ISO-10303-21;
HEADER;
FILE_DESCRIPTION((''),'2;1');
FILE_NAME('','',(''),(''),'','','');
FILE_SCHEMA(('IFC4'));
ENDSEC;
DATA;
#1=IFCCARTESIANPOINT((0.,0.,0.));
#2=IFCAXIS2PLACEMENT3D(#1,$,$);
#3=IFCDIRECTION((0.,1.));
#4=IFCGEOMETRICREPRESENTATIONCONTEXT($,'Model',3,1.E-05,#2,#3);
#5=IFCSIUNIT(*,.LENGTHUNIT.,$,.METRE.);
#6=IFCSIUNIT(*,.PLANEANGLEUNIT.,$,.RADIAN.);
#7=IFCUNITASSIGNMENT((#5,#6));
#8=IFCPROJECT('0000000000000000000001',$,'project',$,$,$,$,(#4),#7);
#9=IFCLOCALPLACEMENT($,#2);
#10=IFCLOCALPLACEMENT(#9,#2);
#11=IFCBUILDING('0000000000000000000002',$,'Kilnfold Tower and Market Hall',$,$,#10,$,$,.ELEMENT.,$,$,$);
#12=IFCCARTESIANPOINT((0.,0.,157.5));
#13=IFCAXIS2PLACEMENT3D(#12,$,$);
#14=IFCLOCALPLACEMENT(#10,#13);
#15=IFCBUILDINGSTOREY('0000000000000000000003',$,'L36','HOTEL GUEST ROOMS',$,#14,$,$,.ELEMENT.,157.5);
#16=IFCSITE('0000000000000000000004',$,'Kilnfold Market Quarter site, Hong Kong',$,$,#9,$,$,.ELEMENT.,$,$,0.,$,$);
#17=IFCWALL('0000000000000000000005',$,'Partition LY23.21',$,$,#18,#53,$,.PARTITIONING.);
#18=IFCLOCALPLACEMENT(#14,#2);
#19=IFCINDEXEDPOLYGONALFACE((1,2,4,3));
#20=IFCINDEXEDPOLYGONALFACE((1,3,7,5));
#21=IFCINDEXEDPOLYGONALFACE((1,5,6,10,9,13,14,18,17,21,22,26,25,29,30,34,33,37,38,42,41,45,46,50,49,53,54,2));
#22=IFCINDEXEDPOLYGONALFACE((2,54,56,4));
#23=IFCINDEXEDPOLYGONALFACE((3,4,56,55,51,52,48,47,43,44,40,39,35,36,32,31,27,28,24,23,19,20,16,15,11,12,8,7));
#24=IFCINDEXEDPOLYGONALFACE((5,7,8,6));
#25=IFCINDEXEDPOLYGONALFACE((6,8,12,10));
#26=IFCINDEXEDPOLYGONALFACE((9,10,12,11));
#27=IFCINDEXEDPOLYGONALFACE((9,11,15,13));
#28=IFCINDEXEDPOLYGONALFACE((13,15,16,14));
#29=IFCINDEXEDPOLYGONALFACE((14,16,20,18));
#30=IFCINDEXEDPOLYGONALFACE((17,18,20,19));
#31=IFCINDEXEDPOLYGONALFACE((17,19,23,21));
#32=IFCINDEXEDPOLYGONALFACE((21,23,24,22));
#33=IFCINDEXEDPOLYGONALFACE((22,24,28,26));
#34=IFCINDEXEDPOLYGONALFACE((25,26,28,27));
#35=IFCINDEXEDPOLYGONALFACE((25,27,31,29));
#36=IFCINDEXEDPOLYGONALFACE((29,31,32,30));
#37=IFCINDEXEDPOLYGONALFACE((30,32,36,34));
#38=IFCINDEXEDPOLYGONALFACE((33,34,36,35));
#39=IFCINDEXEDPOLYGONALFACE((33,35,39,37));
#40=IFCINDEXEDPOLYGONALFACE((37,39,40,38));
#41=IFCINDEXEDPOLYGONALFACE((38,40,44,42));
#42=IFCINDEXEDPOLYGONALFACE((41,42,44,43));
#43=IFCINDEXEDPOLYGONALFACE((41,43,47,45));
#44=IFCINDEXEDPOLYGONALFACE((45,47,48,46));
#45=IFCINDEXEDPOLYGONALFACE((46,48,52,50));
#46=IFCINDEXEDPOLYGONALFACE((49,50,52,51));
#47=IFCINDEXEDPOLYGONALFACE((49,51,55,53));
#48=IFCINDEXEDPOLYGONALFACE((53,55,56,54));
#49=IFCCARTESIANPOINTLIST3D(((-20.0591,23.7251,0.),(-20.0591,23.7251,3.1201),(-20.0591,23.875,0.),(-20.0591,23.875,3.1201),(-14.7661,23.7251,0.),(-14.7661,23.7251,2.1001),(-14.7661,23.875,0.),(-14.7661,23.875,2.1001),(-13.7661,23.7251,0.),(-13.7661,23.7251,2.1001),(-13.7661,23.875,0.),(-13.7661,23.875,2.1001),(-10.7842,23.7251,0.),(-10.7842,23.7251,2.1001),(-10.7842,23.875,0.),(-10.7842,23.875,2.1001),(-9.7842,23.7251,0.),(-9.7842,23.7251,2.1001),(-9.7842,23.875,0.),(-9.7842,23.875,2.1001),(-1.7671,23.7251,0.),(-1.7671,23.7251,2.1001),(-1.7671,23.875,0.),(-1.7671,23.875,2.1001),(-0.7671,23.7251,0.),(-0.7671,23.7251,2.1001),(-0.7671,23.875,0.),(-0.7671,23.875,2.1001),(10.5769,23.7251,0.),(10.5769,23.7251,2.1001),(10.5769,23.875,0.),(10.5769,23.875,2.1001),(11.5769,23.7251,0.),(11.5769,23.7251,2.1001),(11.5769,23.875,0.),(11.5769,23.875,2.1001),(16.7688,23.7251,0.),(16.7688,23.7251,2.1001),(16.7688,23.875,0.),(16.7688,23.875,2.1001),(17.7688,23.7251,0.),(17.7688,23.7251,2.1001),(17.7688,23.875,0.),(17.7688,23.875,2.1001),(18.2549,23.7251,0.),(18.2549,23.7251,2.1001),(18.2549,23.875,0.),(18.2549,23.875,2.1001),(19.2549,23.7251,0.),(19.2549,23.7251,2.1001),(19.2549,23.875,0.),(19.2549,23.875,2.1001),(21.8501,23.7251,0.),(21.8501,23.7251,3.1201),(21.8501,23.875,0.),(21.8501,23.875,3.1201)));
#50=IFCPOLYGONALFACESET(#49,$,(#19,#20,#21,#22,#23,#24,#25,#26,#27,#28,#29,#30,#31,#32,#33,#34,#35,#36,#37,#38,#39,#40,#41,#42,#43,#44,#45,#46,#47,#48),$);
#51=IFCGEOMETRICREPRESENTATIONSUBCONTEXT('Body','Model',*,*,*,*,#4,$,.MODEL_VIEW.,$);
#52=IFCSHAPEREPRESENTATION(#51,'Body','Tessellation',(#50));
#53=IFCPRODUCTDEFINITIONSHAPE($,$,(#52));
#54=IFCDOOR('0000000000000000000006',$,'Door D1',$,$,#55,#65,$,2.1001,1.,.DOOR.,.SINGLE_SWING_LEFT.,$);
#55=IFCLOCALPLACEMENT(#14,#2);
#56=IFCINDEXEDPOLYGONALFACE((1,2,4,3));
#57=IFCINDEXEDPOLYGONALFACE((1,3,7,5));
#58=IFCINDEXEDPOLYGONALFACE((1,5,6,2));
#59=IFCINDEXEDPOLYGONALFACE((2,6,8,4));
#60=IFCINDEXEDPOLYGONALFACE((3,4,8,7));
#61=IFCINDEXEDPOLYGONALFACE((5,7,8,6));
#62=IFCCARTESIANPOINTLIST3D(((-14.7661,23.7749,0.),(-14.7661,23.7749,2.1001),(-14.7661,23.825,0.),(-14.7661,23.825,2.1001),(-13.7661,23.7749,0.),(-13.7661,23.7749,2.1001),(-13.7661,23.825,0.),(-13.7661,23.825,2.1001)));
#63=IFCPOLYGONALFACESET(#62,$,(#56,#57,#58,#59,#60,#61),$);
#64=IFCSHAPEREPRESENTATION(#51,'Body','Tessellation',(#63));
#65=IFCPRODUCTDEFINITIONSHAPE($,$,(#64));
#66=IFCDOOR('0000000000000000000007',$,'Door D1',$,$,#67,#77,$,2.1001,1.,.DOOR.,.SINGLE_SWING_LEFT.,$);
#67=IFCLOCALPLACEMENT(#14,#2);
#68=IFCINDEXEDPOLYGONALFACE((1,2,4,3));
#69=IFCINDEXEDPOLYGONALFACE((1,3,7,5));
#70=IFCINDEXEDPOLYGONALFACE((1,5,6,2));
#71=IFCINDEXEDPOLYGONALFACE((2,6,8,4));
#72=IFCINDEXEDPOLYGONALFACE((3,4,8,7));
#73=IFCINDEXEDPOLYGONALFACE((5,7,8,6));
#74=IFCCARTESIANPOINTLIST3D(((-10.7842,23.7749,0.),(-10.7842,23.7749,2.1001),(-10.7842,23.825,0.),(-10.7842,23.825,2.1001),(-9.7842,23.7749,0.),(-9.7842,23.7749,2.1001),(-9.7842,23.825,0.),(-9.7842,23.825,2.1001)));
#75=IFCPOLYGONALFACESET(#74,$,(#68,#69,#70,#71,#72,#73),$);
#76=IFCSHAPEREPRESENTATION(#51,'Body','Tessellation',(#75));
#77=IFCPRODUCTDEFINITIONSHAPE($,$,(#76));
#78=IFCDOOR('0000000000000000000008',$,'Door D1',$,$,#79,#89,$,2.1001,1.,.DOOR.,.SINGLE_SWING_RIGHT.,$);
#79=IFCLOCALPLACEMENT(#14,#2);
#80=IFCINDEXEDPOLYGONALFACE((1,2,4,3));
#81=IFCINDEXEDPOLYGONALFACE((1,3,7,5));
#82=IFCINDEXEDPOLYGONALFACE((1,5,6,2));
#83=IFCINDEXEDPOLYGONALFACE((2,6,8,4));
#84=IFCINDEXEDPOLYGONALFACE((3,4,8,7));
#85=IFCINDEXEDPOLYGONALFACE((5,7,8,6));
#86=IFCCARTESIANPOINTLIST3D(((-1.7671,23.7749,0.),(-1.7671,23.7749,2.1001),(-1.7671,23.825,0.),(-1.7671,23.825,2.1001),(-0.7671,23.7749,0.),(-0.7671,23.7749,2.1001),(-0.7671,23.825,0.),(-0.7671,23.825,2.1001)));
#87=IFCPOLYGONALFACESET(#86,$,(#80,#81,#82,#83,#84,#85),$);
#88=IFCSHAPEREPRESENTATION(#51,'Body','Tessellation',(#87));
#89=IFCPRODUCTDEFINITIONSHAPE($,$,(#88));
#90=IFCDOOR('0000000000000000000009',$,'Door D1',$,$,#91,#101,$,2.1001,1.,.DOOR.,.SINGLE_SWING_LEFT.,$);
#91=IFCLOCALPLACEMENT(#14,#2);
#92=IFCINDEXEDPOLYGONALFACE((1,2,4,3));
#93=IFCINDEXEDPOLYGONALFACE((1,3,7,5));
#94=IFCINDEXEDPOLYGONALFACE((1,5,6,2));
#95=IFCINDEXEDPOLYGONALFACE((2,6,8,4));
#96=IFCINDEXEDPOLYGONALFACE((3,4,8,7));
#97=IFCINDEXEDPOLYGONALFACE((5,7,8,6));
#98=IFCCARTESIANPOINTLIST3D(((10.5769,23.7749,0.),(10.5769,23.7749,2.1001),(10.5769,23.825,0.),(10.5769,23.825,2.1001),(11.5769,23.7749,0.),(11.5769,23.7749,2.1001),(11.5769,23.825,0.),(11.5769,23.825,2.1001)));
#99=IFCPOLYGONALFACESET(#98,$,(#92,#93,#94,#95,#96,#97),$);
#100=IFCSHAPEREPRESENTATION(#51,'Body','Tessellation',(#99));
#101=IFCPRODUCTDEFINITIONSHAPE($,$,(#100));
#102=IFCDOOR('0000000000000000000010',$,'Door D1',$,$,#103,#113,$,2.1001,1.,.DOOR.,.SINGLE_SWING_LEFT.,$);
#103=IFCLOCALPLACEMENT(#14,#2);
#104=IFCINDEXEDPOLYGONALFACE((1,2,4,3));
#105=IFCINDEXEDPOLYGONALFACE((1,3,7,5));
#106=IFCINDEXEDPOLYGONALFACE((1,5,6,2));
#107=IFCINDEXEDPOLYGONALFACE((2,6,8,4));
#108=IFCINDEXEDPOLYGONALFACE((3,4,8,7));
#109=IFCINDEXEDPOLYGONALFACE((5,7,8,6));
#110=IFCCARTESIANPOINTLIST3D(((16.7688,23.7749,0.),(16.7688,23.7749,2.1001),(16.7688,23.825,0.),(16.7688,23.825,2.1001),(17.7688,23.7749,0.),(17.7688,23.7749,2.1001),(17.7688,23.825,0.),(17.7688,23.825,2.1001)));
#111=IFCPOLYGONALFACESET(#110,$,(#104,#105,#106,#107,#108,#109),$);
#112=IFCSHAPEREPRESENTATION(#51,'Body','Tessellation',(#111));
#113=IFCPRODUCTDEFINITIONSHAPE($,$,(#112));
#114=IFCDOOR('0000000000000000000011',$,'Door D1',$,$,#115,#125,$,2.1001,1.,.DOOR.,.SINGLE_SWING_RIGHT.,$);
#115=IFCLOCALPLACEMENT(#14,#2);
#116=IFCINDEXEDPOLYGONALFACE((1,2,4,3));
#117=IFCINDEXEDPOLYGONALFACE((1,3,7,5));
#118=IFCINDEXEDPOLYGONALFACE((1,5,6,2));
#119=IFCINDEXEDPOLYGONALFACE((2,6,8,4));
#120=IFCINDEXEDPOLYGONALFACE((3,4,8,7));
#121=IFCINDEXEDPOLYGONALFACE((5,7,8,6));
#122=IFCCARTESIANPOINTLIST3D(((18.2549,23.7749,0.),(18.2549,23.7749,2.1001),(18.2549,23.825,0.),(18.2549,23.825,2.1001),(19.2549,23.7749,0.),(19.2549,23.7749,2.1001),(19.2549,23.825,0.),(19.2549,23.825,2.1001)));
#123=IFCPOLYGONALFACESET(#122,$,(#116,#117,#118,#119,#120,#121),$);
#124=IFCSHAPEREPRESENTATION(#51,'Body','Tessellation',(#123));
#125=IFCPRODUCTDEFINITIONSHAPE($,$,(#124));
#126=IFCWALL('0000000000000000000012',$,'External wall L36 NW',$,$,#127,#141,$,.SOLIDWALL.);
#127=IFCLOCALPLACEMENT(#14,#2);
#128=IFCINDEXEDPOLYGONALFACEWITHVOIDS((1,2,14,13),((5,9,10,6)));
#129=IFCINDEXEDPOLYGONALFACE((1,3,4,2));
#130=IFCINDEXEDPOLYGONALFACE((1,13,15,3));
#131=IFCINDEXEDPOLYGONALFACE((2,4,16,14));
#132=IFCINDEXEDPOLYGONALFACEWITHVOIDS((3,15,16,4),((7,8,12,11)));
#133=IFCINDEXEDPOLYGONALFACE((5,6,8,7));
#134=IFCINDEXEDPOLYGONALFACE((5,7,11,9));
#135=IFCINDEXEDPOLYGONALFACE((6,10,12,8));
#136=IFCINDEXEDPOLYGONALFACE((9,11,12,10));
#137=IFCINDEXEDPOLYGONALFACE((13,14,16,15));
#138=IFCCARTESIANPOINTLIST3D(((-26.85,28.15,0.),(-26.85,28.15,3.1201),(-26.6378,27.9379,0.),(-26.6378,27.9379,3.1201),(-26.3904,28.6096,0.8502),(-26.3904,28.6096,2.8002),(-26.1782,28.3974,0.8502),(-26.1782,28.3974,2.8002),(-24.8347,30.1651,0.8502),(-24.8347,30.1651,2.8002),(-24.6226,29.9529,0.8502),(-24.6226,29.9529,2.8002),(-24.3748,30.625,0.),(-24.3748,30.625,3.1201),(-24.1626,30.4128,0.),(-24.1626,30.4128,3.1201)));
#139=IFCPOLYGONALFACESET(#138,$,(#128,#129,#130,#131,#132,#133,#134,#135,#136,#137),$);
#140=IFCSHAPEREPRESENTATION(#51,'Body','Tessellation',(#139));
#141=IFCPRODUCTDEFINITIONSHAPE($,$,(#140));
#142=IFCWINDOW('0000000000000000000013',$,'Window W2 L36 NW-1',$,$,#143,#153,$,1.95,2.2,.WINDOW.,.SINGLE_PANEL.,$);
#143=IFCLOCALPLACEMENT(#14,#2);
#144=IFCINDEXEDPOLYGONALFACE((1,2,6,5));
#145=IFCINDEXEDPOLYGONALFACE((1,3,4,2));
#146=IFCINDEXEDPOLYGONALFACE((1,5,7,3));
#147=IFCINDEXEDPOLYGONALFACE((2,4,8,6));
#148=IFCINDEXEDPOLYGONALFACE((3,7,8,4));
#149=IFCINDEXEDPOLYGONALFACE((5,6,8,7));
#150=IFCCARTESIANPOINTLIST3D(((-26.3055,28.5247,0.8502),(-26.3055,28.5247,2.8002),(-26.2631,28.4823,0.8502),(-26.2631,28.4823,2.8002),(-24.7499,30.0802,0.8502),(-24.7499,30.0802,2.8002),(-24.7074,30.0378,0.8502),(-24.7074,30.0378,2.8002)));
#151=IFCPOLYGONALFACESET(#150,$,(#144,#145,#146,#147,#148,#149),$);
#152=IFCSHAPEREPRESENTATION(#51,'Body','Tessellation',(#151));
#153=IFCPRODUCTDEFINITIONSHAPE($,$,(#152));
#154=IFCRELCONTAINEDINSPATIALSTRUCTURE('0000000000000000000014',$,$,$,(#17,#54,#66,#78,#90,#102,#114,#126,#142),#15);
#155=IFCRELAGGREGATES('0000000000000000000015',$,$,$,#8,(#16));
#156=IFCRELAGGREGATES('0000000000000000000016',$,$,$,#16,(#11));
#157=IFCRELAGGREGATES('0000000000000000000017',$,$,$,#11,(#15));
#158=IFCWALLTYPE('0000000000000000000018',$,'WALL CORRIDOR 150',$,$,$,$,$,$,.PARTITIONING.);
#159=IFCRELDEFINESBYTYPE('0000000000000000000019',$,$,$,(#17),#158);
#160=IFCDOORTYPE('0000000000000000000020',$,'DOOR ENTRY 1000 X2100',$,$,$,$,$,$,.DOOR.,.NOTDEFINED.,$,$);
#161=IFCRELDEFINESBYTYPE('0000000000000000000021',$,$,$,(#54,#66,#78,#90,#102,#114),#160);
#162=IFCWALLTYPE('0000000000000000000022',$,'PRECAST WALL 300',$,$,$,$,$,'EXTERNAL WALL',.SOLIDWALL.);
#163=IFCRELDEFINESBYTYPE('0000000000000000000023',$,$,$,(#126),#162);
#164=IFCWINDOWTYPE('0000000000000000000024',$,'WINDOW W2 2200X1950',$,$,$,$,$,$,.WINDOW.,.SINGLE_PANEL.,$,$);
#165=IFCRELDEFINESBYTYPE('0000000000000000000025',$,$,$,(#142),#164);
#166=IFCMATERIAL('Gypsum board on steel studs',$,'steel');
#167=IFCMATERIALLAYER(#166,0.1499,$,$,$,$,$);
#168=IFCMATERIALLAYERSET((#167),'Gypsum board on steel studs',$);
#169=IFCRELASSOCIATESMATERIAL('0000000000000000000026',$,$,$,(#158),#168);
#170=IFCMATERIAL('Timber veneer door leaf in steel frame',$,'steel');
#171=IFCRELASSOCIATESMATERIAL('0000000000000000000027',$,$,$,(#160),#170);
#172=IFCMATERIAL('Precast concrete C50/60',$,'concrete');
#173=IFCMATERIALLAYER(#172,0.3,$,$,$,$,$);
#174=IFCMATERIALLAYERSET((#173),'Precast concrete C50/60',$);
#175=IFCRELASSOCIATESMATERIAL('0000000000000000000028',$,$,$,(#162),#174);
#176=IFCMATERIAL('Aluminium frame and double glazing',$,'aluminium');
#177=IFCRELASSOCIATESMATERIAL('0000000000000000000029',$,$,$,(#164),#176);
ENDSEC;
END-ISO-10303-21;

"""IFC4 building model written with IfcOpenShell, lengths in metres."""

from ifc_helpers import new_model, si_unit, direction, frame, frame_2d, origin, place, context, subcontext, project, spatial, rectangle, extrude, source, transform, mapped, material, layer, layer_set, type_object, element, fill, save


model = new_model("IFC4")

# Units and contexts
model_context = context("Model", 3, precision=1e-05, world=origin(), true_north=direction((0.0, 1.0)))
body_context = subcontext(model_context, "Body", "Model", "MODEL_VIEW")
ifc_project = project(units=[si_unit("LENGTHUNIT", "METRE"), si_unit("PLANEANGLEUNIT", "RADIAN")], contexts=[model_context])

# Site, building, storey
site_placement = place(None, origin())
site = spatial("IfcSite", under=ifc_project, at=site_placement, Name="Kilnfold Market Quarter site, Hong Kong", CompositionType="ELEMENT", RefElevation=0.0)
building_placement = place(site_placement, origin())
building = spatial("IfcBuilding", under=site, at=building_placement, Name="Kilnfold Tower and Market Hall", CompositionType="ELEMENT")
storey_placement = place(building_placement, frame((0.0, 0.0, 157.5)))
storey = spatial("IfcBuildingStorey", under=building, at=storey_placement, Name="L36", Description="HOTEL GUEST ROOMS", CompositionType="ELEMENT", Elevation=157.5)

# Wall, openings, doors
ifc_material_1 = material(Name="Gypsum board on steel studs", Category="steel")
ifc_layer_1 = layer(ifc_material_1, 0.1499)
ifc_layer_set_1 = layer_set([ifc_layer_1], Name="Gypsum board on steel studs")
wall_type_1 = type_object("IfcWallType", Name="WALL CORRIDOR 150", PredefinedType="PARTITIONING", material=ifc_layer_set_1)
wall_1_placement = place(storey_placement, frame((-20.0591, 23.8, 0.0), z_axis=(0.0, 0.0, 1.0), x_axis=(1.0, 0.0, 0.0)))
wall_1 = element("IfcWall", 1, at=wall_1_placement, inside=storey, type_object=wall_type_1, Name="Partition LY23.21", PredefinedType="PARTITIONING", context=body_context, shape_type="SweptSolid", body=[
    extrude(rectangle(XDim=41.9092, YDim=0.1499, at=frame_2d((20.9546, 0.0))), origin(), (0.0, 0.0, 1.0), 3.1201),
])
opening_1_placement = place(wall_1_placement, frame((5.293, 0.0, 0.0)))
opening_1 = element("IfcOpeningElement", 2, at=opening_1_placement, cuts=wall_1, PredefinedType="OPENING", context=body_context, shape_type="SweptSolid", body=[
    extrude(rectangle(XDim=1.0, YDim=2.1001, at=frame_2d((0.5, 1.05))), frame((0.0, 0.085, 0.0), z_axis=(0.0, -1.0, 0.0), x_axis=(1.0, 0.0, 0.0)), (0.0, 0.0, 1.0), 0.1699),
])
opening_2_placement = place(wall_1_placement, frame((9.2749, 0.0, 0.0)))
opening_2 = element("IfcOpeningElement", 3, at=opening_2_placement, cuts=wall_1, PredefinedType="OPENING", context=body_context, shape_type="SweptSolid", body=[
    extrude(rectangle(XDim=1.0, YDim=2.1001, at=frame_2d((0.5, 1.05))), frame((0.0, 0.085, 0.0), z_axis=(0.0, -1.0, 0.0), x_axis=(1.0, 0.0, 0.0)), (0.0, 0.0, 1.0), 0.1699),
])
opening_3_placement = place(wall_1_placement, frame((18.292, 0.0, 0.0)))
opening_3 = element("IfcOpeningElement", 4, at=opening_3_placement, cuts=wall_1, PredefinedType="OPENING", context=body_context, shape_type="SweptSolid", body=[
    extrude(rectangle(XDim=1.0, YDim=2.1001, at=frame_2d((0.5, 1.05))), frame((0.0, 0.085, 0.0), z_axis=(0.0, -1.0, 0.0), x_axis=(1.0, 0.0, 0.0)), (0.0, 0.0, 1.0), 0.1699),
])
opening_4_placement = place(wall_1_placement, frame((30.636, 0.0, 0.0)))
opening_4 = element("IfcOpeningElement", 5, at=opening_4_placement, cuts=wall_1, PredefinedType="OPENING", context=body_context, shape_type="SweptSolid", body=[
    extrude(rectangle(XDim=1.0, YDim=2.1001, at=frame_2d((0.5, 1.05))), frame((0.0, 0.085, 0.0), z_axis=(0.0, -1.0, 0.0), x_axis=(1.0, 0.0, 0.0)), (0.0, 0.0, 1.0), 0.1699),
])
opening_5_placement = place(wall_1_placement, frame((36.8279, 0.0, 0.0)))
opening_5 = element("IfcOpeningElement", 6, at=opening_5_placement, cuts=wall_1, PredefinedType="OPENING", context=body_context, shape_type="SweptSolid", body=[
    extrude(rectangle(XDim=1.0, YDim=2.1001, at=frame_2d((0.5, 1.05))), frame((0.0, 0.085, 0.0), z_axis=(0.0, -1.0, 0.0), x_axis=(1.0, 0.0, 0.0)), (0.0, 0.0, 1.0), 0.1699),
])
opening_6_placement = place(wall_1_placement, frame((38.314, 0.0, 0.0)))
opening_6 = element("IfcOpeningElement", 7, at=opening_6_placement, cuts=wall_1, PredefinedType="OPENING", context=body_context, shape_type="SweptSolid", body=[
    extrude(rectangle(XDim=1.0, YDim=2.1001, at=frame_2d((0.5, 1.05))), frame((0.0, 0.085, 0.0), z_axis=(0.0, -1.0, 0.0), x_axis=(1.0, 0.0, 0.0)), (0.0, 0.0, 1.0), 0.1699),
])
ifc_material_2 = material(Name="Timber veneer door leaf in steel frame", Category="steel")
door_type = type_object("IfcDoorType", Name="DOOR ENTRY 1000 X2100", OperationType="NOTDEFINED", PredefinedType="DOOR", material=ifc_material_2)
door_1_placement = place(opening_1_placement, origin())
door_1 = element("IfcDoor", 8, at=door_1_placement, inside=storey, type_object=door_type, Name="Door D1", OperationType="SINGLE_SWING_LEFT", OverallHeight=2.1001, OverallWidth=1.0, PredefinedType="DOOR", context=body_context, shape_type="SweptSolid", body=[
    extrude(rectangle(XDim=1.0, YDim=2.1001, at=frame_2d((0.5, 1.05))), frame((0.0, 0.0249, 0.0), z_axis=(0.0, -1.0, 0.0), x_axis=(1.0, 0.0, 0.0)), (0.0, 0.0, 1.0), 0.05),
])
fill(opening_1, door_1)
door_2_placement = place(opening_2_placement, origin())
door_2 = element("IfcDoor", 9, at=door_2_placement, inside=storey, type_object=door_type, Name="Door D1", OperationType="SINGLE_SWING_LEFT", OverallHeight=2.1001, OverallWidth=1.0, PredefinedType="DOOR", context=body_context, shape_type="SweptSolid", body=[
    extrude(rectangle(XDim=1.0, YDim=2.1001, at=frame_2d((0.5, 1.05))), frame((0.0, 0.0249, 0.0), z_axis=(0.0, -1.0, 0.0), x_axis=(1.0, 0.0, 0.0)), (0.0, 0.0, 1.0), 0.05),
])
fill(opening_2, door_2)
door_3_placement = place(opening_3_placement, origin())
door_3 = element("IfcDoor", 10, at=door_3_placement, inside=storey, type_object=door_type, Name="Door D1", OperationType="SINGLE_SWING_RIGHT", OverallHeight=2.1001, OverallWidth=1.0, PredefinedType="DOOR", context=body_context, shape_type="SweptSolid", body=[
    extrude(rectangle(XDim=1.0, YDim=2.1001, at=frame_2d((0.5, 1.05))), frame((0.0, 0.0249, 0.0), z_axis=(0.0, -1.0, 0.0), x_axis=(1.0, 0.0, 0.0)), (0.0, 0.0, 1.0), 0.05),
])
fill(opening_3, door_3)
door_4_placement = place(opening_4_placement, origin())
door_4 = element("IfcDoor", 11, at=door_4_placement, inside=storey, type_object=door_type, Name="Door D1", OperationType="SINGLE_SWING_LEFT", OverallHeight=2.1001, OverallWidth=1.0, PredefinedType="DOOR", context=body_context, shape_type="SweptSolid", body=[
    extrude(rectangle(XDim=1.0, YDim=2.1001, at=frame_2d((0.5, 1.05))), frame((0.0, 0.0249, 0.0), z_axis=(0.0, -1.0, 0.0), x_axis=(1.0, 0.0, 0.0)), (0.0, 0.0, 1.0), 0.05),
])
fill(opening_4, door_4)
door_5_placement = place(opening_5_placement, origin())
door_5 = element("IfcDoor", 12, at=door_5_placement, inside=storey, type_object=door_type, Name="Door D1", OperationType="SINGLE_SWING_LEFT", OverallHeight=2.1001, OverallWidth=1.0, PredefinedType="DOOR", context=body_context, shape_type="SweptSolid", body=[
    extrude(rectangle(XDim=1.0, YDim=2.1001, at=frame_2d((0.5, 1.05))), frame((0.0, 0.0249, 0.0), z_axis=(0.0, -1.0, 0.0), x_axis=(1.0, 0.0, 0.0)), (0.0, 0.0, 1.0), 0.05),
])
fill(opening_5, door_5)
door_6_placement = place(opening_6_placement, origin())
door_6 = element("IfcDoor", 13, at=door_6_placement, inside=storey, type_object=door_type, Name="Door D1", OperationType="SINGLE_SWING_RIGHT", OverallHeight=2.1001, OverallWidth=1.0, PredefinedType="DOOR", context=body_context, shape_type="SweptSolid", body=[
    extrude(rectangle(XDim=1.0, YDim=2.1001, at=frame_2d((0.5, 1.05))), frame((0.0, 0.0249, 0.0), z_axis=(0.0, -1.0, 0.0), x_axis=(1.0, 0.0, 0.0)), (0.0, 0.0, 1.0), 0.05),
])
fill(opening_6, door_6)

# Wall, opening, window
ifc_material_3 = material(Name="Precast concrete C50/60", Category="concrete")
ifc_layer_2 = layer(ifc_material_3, 0.3)
ifc_layer_set_2 = layer_set([ifc_layer_2], Name="Precast concrete C50/60")
wall_type_2 = type_object("IfcWallType", Name="PRECAST WALL 300", ElementType="EXTERNAL WALL", PredefinedType="SOLIDWALL", material=ifc_layer_set_2)
shared_shape_1 = source(origin(), body_context, "Body", "SweptSolid", [
    extrude(rectangle(XDim=3.5002, YDim=0.3, at=frame_2d((1.75, 0.0))), origin(), (0.0, 0.0, 1.0), 3.1201),
])
wall_2_placement = place(storey_placement, frame((-24.2688, 30.5188, 0.0), z_axis=(0.0, 0.0, 1.0), x_axis=(-0.707142, -0.707072, 0.0)))
wall_2 = element("IfcWall", 14, at=wall_2_placement, inside=storey, type_object=wall_type_2, Name="External wall L36 NW", PredefinedType="SOLIDWALL", context=body_context, shape_type="MappedRepresentation", body=[
    mapped(shared_shape_1, transform((0.0, 0.0, 0.0))),
])
opening_7_placement = place(wall_2_placement, frame((0.6501, 0.0, 0.8501)))
opening_7 = element("IfcOpeningElement", 15, at=opening_7_placement, cuts=wall_2, PredefinedType="OPENING", context=body_context, shape_type="SweptSolid", body=[
    extrude(rectangle(XDim=2.2, YDim=1.95, at=frame_2d((1.1001, 0.9751))), frame((0.0, 0.1602, 0.0), z_axis=(0.0, -1.0, 0.0), x_axis=(1.0, 0.0, 0.0)), (0.0, 0.0, 1.0), 0.3201),
])
ifc_material_4 = material(Name="Aluminium frame and double glazing", Category="aluminium")
window_type = type_object("IfcWindowType", Name="WINDOW W2 2200X1950", PartitioningType="SINGLE_PANEL", PredefinedType="WINDOW", material=ifc_material_4)
window_1_placement = place(opening_7_placement, origin())
window_1 = element("IfcWindow", 16, at=window_1_placement, inside=storey, type_object=window_type, Name="Window W2 L36 NW-1", OverallHeight=1.95, OverallWidth=2.2, PartitioningType="SINGLE_PANEL", PredefinedType="WINDOW", context=body_context, shape_type="SweptSolid", body=[
    extrude(rectangle(XDim=2.2, YDim=1.95, at=frame_2d((1.1001, 0.9751))), frame((0.0, 0.03, 0.0), z_axis=(0.0, -1.0, 0.0), x_axis=(1.0, 0.0, 0.0)), (0.0, 0.0, 1.0), 0.0601),
])
fill(opening_7, window_1)

save(model, "model.ifc")
